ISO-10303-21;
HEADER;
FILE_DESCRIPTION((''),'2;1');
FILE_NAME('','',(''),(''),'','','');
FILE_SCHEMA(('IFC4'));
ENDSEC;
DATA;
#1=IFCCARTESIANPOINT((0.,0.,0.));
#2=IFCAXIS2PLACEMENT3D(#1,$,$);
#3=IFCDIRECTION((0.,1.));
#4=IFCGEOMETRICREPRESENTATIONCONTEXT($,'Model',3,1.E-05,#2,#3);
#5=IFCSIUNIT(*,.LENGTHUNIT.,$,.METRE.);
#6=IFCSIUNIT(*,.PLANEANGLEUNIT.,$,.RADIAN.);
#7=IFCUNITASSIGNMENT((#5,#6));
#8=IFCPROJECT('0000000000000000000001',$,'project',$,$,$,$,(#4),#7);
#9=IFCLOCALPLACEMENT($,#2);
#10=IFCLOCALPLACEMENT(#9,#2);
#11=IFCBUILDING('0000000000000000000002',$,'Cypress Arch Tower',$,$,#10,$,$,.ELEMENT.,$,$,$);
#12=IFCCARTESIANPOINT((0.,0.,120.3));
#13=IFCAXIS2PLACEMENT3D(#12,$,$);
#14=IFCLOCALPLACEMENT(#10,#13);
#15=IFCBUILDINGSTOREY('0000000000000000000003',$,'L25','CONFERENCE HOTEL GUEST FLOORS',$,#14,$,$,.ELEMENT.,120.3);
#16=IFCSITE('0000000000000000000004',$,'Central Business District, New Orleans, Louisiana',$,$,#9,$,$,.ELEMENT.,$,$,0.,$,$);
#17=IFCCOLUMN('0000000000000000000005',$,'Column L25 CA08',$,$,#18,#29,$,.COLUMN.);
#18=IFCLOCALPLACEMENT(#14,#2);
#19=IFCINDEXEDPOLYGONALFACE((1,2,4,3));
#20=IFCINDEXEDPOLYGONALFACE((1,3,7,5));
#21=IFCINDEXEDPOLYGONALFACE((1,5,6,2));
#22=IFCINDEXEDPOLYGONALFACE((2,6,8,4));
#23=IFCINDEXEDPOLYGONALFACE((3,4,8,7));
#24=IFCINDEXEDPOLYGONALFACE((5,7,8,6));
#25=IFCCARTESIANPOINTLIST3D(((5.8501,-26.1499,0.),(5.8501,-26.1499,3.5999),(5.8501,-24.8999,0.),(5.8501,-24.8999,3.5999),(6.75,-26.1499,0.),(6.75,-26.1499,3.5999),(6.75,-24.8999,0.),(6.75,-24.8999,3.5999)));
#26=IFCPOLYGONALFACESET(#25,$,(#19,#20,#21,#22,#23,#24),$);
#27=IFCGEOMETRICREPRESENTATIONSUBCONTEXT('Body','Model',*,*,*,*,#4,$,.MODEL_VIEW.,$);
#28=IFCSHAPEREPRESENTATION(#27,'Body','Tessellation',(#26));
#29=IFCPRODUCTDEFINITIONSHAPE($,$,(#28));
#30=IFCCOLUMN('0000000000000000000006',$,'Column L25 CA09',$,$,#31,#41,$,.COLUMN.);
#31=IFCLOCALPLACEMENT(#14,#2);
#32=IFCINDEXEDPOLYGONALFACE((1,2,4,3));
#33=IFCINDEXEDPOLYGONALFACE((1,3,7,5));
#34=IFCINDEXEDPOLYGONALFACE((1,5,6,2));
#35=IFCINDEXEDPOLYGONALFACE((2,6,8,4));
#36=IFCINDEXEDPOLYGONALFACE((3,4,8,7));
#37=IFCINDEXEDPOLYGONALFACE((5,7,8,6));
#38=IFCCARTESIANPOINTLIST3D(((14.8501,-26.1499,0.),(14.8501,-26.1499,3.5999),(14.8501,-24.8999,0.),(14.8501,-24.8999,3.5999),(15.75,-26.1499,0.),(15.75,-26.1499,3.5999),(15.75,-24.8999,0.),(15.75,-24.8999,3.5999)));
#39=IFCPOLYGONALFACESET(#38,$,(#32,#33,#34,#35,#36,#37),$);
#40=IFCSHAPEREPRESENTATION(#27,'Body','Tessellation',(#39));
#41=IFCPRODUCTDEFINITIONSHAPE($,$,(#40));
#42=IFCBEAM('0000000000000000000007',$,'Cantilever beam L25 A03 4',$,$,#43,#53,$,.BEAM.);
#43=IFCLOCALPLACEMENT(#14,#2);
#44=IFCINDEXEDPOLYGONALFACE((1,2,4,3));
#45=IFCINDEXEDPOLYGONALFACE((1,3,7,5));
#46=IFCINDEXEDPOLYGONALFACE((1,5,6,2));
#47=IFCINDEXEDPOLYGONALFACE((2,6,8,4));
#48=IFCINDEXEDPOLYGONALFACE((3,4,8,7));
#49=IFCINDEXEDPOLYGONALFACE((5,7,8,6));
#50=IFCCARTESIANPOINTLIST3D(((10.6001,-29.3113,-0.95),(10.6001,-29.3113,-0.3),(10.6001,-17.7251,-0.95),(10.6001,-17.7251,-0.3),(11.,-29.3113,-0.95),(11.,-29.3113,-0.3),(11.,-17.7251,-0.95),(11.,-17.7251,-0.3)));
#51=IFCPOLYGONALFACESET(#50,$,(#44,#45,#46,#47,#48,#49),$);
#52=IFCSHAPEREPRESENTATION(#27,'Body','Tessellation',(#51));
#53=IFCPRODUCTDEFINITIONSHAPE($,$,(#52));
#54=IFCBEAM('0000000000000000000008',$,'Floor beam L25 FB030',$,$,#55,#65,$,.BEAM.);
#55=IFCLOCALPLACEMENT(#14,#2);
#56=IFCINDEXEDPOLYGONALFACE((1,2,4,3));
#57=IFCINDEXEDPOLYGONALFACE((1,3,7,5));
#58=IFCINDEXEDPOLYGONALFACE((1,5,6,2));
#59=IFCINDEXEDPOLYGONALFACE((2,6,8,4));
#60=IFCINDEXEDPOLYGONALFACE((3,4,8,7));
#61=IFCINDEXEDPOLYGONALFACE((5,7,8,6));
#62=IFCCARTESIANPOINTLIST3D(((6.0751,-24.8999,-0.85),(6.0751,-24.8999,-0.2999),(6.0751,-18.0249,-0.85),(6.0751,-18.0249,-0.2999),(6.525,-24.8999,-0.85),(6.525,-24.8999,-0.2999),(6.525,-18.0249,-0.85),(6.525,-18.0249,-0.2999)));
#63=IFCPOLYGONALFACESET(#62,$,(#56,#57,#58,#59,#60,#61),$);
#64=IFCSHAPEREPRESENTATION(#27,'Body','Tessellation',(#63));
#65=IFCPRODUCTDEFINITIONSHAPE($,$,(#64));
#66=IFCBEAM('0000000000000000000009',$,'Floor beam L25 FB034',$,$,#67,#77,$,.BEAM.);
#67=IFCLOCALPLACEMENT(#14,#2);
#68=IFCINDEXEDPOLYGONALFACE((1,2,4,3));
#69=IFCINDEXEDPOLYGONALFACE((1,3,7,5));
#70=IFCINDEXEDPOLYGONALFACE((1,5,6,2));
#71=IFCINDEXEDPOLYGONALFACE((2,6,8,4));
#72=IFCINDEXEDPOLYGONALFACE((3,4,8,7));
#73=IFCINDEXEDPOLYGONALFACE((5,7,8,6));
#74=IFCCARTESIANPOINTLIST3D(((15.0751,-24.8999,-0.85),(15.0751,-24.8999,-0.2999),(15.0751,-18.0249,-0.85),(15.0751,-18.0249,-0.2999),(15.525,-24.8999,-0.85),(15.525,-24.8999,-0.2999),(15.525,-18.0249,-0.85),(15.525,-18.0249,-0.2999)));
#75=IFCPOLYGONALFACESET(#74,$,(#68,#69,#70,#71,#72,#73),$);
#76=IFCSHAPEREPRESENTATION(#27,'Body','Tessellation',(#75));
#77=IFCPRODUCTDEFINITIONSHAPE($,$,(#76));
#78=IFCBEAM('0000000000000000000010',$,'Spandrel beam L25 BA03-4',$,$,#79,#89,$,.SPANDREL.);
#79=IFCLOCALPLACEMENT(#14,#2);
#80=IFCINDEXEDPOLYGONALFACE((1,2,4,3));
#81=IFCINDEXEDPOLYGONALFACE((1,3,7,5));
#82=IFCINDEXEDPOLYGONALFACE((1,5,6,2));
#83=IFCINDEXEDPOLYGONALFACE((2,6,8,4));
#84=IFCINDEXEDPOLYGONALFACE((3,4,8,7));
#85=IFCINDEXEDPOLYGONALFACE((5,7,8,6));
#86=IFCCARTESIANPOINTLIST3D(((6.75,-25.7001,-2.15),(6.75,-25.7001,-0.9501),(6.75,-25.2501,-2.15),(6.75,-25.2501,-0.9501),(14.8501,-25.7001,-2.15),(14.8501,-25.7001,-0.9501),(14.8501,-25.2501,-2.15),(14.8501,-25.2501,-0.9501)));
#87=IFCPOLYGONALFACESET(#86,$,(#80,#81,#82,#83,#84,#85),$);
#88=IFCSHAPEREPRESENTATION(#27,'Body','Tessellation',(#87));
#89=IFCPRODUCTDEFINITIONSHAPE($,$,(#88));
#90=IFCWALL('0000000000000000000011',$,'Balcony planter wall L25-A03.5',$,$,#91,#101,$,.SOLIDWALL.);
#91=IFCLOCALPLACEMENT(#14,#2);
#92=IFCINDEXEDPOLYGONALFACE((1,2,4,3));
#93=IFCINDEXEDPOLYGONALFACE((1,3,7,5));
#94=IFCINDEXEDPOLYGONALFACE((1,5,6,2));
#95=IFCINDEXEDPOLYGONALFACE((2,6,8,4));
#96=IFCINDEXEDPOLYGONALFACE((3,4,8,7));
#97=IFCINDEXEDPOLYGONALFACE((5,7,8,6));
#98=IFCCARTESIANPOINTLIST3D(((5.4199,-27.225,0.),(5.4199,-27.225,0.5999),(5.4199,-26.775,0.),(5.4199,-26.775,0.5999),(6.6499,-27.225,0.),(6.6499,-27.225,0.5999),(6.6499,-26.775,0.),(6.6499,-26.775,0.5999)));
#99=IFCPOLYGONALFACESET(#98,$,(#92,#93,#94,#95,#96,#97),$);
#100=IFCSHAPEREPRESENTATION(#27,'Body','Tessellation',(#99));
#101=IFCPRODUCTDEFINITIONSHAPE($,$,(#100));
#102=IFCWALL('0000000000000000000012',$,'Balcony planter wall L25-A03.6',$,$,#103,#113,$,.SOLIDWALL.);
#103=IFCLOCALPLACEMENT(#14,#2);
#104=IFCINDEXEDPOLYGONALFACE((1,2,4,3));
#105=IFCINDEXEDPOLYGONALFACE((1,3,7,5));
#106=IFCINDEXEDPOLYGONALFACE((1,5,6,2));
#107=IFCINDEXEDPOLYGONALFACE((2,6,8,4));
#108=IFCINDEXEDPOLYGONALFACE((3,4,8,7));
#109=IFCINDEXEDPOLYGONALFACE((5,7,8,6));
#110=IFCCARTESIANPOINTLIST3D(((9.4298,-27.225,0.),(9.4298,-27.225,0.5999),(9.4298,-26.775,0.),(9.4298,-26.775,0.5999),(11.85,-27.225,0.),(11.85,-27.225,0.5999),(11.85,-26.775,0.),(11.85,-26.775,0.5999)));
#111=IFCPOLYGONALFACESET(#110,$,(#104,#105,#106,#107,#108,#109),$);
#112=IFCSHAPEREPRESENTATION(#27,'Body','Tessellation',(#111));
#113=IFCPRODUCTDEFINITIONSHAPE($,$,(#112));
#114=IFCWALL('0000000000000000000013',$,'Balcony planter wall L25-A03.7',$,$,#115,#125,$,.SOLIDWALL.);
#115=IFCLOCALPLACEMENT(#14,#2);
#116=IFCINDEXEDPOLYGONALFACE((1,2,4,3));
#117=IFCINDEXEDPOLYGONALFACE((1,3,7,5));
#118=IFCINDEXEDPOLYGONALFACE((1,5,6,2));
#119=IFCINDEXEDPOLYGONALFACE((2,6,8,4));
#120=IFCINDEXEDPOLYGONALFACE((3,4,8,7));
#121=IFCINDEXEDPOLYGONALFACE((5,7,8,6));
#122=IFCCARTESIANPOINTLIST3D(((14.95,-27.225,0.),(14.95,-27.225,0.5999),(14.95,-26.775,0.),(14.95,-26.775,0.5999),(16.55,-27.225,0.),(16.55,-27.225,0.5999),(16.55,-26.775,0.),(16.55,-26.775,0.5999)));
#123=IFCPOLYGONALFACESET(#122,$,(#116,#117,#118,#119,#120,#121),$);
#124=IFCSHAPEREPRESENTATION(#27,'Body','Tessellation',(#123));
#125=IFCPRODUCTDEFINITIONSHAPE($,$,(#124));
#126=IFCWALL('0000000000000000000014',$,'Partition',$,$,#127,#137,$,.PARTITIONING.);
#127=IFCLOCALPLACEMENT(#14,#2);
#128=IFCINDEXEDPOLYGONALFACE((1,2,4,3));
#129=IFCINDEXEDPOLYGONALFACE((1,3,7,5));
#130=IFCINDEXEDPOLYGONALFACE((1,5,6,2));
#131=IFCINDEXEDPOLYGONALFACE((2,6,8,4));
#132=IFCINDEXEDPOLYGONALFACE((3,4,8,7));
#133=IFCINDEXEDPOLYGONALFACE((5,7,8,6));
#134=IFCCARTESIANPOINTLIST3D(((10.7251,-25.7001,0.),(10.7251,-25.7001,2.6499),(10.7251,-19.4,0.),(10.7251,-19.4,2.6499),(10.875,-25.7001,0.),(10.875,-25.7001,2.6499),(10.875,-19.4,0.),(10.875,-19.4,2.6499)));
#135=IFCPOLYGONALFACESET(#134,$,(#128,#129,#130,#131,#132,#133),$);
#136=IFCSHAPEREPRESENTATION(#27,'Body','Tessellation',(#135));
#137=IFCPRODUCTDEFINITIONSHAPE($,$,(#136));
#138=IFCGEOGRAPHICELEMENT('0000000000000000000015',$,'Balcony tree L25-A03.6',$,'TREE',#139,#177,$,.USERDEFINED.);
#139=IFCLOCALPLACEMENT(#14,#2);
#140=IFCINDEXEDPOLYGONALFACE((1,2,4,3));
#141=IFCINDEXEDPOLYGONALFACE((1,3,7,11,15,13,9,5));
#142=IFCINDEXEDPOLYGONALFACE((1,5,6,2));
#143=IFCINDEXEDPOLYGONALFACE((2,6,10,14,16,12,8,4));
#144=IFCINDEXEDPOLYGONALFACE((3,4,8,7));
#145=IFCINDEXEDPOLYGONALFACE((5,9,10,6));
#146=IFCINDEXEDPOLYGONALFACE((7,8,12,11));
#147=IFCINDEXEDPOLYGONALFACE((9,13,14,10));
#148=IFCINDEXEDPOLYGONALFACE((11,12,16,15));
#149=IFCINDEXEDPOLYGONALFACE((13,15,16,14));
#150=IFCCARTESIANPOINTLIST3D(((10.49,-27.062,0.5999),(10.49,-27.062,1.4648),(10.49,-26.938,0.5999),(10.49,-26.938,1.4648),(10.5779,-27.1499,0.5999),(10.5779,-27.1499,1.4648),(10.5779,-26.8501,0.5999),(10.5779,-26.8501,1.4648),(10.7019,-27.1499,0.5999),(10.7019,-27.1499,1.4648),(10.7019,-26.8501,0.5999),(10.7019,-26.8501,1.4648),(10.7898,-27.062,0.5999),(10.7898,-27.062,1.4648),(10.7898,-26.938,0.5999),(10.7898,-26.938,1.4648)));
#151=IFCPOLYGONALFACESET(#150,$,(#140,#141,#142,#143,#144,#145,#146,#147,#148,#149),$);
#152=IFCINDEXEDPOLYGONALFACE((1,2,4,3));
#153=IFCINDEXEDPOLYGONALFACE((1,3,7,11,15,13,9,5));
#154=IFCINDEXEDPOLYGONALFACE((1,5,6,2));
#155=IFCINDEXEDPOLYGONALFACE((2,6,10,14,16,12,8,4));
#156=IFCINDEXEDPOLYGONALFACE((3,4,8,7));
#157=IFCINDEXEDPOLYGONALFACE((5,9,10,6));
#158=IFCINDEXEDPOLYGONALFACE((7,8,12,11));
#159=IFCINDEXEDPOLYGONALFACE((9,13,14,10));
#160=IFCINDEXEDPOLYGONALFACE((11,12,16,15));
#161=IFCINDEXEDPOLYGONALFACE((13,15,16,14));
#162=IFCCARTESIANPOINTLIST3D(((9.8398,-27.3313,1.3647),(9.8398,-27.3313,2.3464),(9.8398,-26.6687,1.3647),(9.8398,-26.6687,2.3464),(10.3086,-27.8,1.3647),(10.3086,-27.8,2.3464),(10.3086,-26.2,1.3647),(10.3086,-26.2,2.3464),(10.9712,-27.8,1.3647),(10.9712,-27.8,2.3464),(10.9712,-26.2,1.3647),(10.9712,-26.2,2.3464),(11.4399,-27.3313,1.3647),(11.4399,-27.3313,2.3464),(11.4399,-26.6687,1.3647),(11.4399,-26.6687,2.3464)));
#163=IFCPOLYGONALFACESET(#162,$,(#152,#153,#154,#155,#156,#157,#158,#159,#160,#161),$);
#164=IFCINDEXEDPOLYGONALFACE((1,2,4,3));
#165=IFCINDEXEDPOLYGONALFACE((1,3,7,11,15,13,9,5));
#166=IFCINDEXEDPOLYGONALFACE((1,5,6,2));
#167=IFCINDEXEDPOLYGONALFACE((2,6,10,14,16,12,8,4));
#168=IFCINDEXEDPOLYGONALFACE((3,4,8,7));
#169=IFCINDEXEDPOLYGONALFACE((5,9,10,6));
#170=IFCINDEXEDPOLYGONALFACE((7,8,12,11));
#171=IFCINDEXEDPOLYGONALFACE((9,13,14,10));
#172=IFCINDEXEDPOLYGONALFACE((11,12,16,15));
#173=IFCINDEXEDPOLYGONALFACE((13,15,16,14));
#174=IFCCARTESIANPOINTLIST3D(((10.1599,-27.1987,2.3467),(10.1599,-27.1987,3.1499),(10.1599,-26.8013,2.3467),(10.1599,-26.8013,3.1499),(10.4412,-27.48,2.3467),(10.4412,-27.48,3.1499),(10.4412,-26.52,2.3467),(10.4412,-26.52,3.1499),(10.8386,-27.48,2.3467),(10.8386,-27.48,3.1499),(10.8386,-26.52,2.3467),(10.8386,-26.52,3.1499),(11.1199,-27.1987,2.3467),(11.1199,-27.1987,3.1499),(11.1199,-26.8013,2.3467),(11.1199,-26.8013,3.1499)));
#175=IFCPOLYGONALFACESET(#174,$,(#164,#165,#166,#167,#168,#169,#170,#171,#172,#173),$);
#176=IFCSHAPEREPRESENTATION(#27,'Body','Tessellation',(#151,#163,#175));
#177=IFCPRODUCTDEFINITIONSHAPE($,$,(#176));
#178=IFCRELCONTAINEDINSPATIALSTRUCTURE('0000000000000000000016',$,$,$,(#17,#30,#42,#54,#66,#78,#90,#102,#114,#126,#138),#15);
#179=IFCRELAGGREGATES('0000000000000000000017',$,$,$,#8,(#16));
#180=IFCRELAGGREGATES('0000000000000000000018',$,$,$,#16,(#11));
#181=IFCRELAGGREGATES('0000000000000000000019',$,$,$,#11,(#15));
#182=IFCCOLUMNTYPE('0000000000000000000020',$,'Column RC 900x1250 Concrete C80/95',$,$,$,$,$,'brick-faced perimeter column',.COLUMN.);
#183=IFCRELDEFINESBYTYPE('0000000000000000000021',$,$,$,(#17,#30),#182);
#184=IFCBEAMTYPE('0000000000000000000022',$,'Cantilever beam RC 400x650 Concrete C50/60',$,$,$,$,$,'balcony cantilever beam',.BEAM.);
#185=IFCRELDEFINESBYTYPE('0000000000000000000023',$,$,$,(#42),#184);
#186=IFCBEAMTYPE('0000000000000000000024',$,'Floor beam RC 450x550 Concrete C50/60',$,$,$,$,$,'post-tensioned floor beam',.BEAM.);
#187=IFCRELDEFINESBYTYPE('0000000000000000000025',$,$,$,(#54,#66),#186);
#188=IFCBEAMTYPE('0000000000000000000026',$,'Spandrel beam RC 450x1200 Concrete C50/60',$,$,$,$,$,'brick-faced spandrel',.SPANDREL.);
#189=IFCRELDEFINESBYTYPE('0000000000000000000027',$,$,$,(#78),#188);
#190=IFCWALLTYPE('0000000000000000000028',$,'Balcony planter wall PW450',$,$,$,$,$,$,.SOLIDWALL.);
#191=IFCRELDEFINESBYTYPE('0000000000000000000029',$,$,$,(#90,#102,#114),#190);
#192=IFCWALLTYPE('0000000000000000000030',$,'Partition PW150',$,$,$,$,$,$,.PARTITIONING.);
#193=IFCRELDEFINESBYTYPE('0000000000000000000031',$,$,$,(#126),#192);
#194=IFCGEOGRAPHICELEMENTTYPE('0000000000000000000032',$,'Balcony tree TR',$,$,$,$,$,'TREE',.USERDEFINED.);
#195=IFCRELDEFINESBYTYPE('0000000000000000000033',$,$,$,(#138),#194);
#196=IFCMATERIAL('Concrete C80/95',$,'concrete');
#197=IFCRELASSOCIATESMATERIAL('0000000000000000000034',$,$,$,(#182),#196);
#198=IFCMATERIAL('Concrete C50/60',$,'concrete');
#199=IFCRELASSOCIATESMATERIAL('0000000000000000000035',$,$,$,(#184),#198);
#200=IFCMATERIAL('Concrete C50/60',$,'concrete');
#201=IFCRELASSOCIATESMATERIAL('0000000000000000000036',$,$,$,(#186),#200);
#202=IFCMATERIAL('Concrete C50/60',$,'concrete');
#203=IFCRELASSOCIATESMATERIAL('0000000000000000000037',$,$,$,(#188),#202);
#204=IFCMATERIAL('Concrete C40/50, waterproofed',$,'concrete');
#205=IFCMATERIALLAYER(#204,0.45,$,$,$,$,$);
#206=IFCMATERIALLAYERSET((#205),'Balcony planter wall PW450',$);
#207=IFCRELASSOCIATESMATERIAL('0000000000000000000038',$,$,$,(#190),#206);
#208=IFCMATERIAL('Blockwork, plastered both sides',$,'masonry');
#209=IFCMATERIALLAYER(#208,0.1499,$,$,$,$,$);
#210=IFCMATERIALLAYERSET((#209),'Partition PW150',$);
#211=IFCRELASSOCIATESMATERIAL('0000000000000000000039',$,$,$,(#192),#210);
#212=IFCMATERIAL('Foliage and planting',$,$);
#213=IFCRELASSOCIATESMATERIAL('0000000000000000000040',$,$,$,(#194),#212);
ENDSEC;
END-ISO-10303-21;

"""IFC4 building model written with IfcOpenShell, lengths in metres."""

from ifc_helpers import new_model, si_unit, direction, frame, frame_2d, origin, origin_2d, place, context, subcontext, project, spatial, polyline, rectangle, outline, extrude, material, layer, layer_set, material_profile, profile_set, type_object, element, save


model = new_model("IFC4")

# Units and contexts
model_context = context("Model", 3, precision=1e-05, world=origin(), true_north=direction((0.0, 1.0)))
body_context = subcontext(model_context, "Body", "Model", "MODEL_VIEW")
ifc_project = project(units=[si_unit("LENGTHUNIT", "METRE"), si_unit("PLANEANGLEUNIT", "RADIAN")], contexts=[model_context])

# Site, building, storey
site_placement = place(None, origin())
site = spatial("IfcSite", under=ifc_project, at=site_placement, Name="Central Business District, New Orleans, Louisiana", CompositionType="ELEMENT", RefElevation=0.0)
building_placement = place(site_placement, origin())
building = spatial("IfcBuilding", under=site, at=building_placement, Name="Cypress Arch Tower", CompositionType="ELEMENT")
storey_placement = place(building_placement, frame((0.0, 0.0, 120.3)))
storey = spatial("IfcBuildingStorey", under=building, at=storey_placement, Name="L25", Description="CONFERENCE HOTEL GUEST FLOORS", CompositionType="ELEMENT", Elevation=120.3)

# Columns
ifc_material_1 = material(Name="Concrete C80/95", Category="concrete")
ifc_material_profile_1 = material_profile(ifc_material_1, rectangle(XDim=0.8999, YDim=1.25, at=origin_2d()), Name="RC 900x1250")
ifc_profile_set_1 = profile_set([ifc_material_profile_1], Name="Concrete C80/95")
column_type = type_object("IfcColumnType", Name="Column RC 900x1250 Concrete C80/95", ElementType="brick-faced perimeter column", PredefinedType="COLUMN", material=ifc_profile_set_1)
for number, where, z_axis, x_axis, name in (
    (1, (6.3, -25.5249, 0.0), (0.0, 0.0, 1.0), (1.0, 0.0, 0.0), "Column L25 CA08"),
    (2, (15.3, -25.5249, 0.0), (0.0, 0.0, 1.0), (1.0, 0.0, 0.0), "Column L25 CA09"),
):
    element("IfcColumn", number, at=place(storey_placement, frame(where, z_axis=z_axis, x_axis=x_axis)), inside=storey, type_object=column_type, Name=name, PredefinedType="COLUMN", context=body_context, shape_type="SweptSolid", body=[
        extrude(rectangle(XDim=0.8999, YDim=1.25, at=origin_2d()), origin(), (0.0, 0.0, 1.0), 3.5999),
    ])

# Beams
ifc_material_2 = material(Name="Concrete C50/60", Category="concrete")
ifc_material_profile_2 = material_profile(ifc_material_2, rectangle(XDim=0.3999, YDim=0.6499, at=origin_2d()), Name="RC 400x650")
ifc_profile_set_2 = profile_set([ifc_material_profile_2], Name="Concrete C50/60")
beam_type_1 = type_object("IfcBeamType", Name="Cantilever beam RC 400x650 Concrete C50/60", ElementType="balcony cantilever beam", PredefinedType="BEAM", material=ifc_profile_set_2)
beam_1_placement = place(storey_placement, frame((10.8, -17.7251, -0.625), z_axis=(0.0, -1.0, 0.0), x_axis=(1.0, 0.0, 0.0)))
element("IfcBeam", 3, at=beam_1_placement, inside=storey, type_object=beam_type_1, Name="Cantilever beam L25 A03 4", PredefinedType="BEAM", context=body_context, shape_type="SweptSolid", body=[
    extrude(rectangle(XDim=0.3999, YDim=0.6499, at=origin_2d()), origin(), (0.0, 0.0, 1.0), 11.5862),
])
ifc_material_3 = material(Name="Concrete C50/60", Category="concrete")
ifc_material_profile_3 = material_profile(ifc_material_3, rectangle(XDim=0.45, YDim=0.55, at=origin_2d()), Name="RC 450x550")
ifc_profile_set_3 = profile_set([ifc_material_profile_3], Name="Concrete C50/60")
beam_type_2 = type_object("IfcBeamType", Name="Floor beam RC 450x550 Concrete C50/60", ElementType="post-tensioned floor beam", PredefinedType="BEAM", material=ifc_profile_set_3)
for number, where, z_axis, x_axis, name in (
    (4, (6.3, -24.8999, -0.575), (0.0, 1.0, 0.0), (-1.0, 0.0, 0.0), "Floor beam L25 FB030"),
    (5, (15.3, -24.8999, -0.575), (0.0, 1.0, 0.0), (-1.0, 0.0, 0.0), "Floor beam L25 FB034"),
):
    element("IfcBeam", number, at=place(storey_placement, frame(where, z_axis=z_axis, x_axis=x_axis)), inside=storey, type_object=beam_type_2, Name=name, PredefinedType="BEAM", context=body_context, shape_type="SweptSolid", body=[
        extrude(rectangle(XDim=0.45, YDim=0.55, at=origin_2d()), origin(), (0.0, 0.0, 1.0), 6.875),
    ])
ifc_material_4 = material(Name="Concrete C50/60", Category="concrete")
ifc_material_profile_4 = material_profile(ifc_material_4, rectangle(XDim=0.45, YDim=1.2, at=origin_2d()), Name="RC 450x1200")
ifc_profile_set_4 = profile_set([ifc_material_profile_4], Name="Concrete C50/60")
beam_type_3 = type_object("IfcBeamType", Name="Spandrel beam RC 450x1200 Concrete C50/60", ElementType="brick-faced spandrel", PredefinedType="SPANDREL", material=ifc_profile_set_4)
beam_2_placement = place(storey_placement, frame((6.75, -25.4751, -1.55), z_axis=(1.0, 0.0, 0.0), x_axis=(0.0, 1.0, 0.0)))
element("IfcBeam", 6, at=beam_2_placement, inside=storey, type_object=beam_type_3, Name="Spandrel beam L25 BA03-4", PredefinedType="SPANDREL", context=body_context, shape_type="SweptSolid", body=[
    extrude(rectangle(XDim=0.45, YDim=1.2, at=origin_2d()), origin(), (0.0, 0.0, 1.0), 8.1001),
])

# Walls
ifc_material_5 = material(Name="Concrete C40/50, waterproofed", Category="concrete")
ifc_layer_1 = layer(ifc_material_5, 0.45)
ifc_layer_set_1 = layer_set([ifc_layer_1], Name="Balcony planter wall PW450")
wall_type_1 = type_object("IfcWallType", Name="Balcony planter wall PW450", PredefinedType="SOLIDWALL", material=ifc_layer_set_1)
wall_1_placement = place(storey_placement, frame((5.4199, -27.0, 0.0), z_axis=(0.0, 0.0, 1.0), x_axis=(1.0, 0.0, 0.0)))
element("IfcWall", 7, at=wall_1_placement, inside=storey, type_object=wall_type_1, Name="Balcony planter wall L25-A03.5", PredefinedType="SOLIDWALL", context=body_context, shape_type="SweptSolid", body=[
    extrude(rectangle(XDim=1.23, YDim=0.45, at=frame_2d((0.615, 0.0))), origin(), (0.0, 0.0, 1.0), 0.5999),
])
wall_2_placement = place(storey_placement, frame((9.4299, -27.0, 0.0), z_axis=(0.0, 0.0, 1.0), x_axis=(1.0, 0.0, 0.0)))
element("IfcWall", 8, at=wall_2_placement, inside=storey, type_object=wall_type_1, Name="Balcony planter wall L25-A03.6", PredefinedType="SOLIDWALL", context=body_context, shape_type="SweptSolid", body=[
    extrude(rectangle(XDim=2.4202, YDim=0.45, at=frame_2d((1.21, 0.0))), origin(), (0.0, 0.0, 1.0), 0.5999),
])
wall_3_placement = place(storey_placement, frame((14.95, -27.0, 0.0), z_axis=(0.0, 0.0, 1.0), x_axis=(1.0, 0.0, 0.0)))
element("IfcWall", 9, at=wall_3_placement, inside=storey, type_object=wall_type_1, Name="Balcony planter wall L25-A03.7", PredefinedType="SOLIDWALL", context=body_context, shape_type="SweptSolid", body=[
    extrude(rectangle(XDim=1.6001, YDim=0.45, at=frame_2d((0.8, 0.0))), origin(), (0.0, 0.0, 1.0), 0.5999),
])

# Wall
ifc_material_6 = material(Name="Blockwork, plastered both sides", Category="masonry")
ifc_layer_2 = layer(ifc_material_6, 0.1499)
ifc_layer_set_2 = layer_set([ifc_layer_2], Name="Partition PW150")
wall_type_2 = type_object("IfcWallType", Name="Partition PW150", PredefinedType="PARTITIONING", material=ifc_layer_set_2)
wall_4_placement = place(storey_placement, frame((10.8, -25.7, 0.0), z_axis=(0.0, 0.0, 1.0), x_axis=(0.0, 1.0, 0.0)))
element("IfcWall", 10, at=wall_4_placement, inside=storey, type_object=wall_type_2, Name="Partition", PredefinedType="PARTITIONING", context=body_context, shape_type="SweptSolid", body=[
    extrude(rectangle(XDim=6.3, YDim=0.1499, at=frame_2d((3.1499, 0.0))), origin(), (0.0, 0.0, 1.0), 2.6499),
])

# Geographic element
ifc_material_7 = material(Name="Foliage and planting")
geographic_element_type = type_object("IfcGeographicElementType", Name="Balcony tree TR", ElementType="TREE", PredefinedType="USERDEFINED", material=ifc_material_7)
geographic_element_placement = place(storey_placement, frame((10.6399, -27.0, 0.5999), z_axis=(0.0, 0.0, 1.0), x_axis=(1.0, 0.0, 0.0)))
element("IfcGeographicElement", 11, at=geographic_element_placement, inside=storey, type_object=geographic_element_type, Name="Balcony tree L25-A03.6", ObjectType="TREE", PredefinedType="USERDEFINED", context=body_context, shape_type="SweptSolid", body=[
    extrude(outline(polyline([(0.1499, 0.062), (0.062, 0.1499), (-0.062, 0.1499), (-0.1499, 0.062), (-0.1499, -0.062), (-0.062, -0.1499), (0.062, -0.1499), (0.1499, -0.062), (0.1499, 0.062)])), origin(), (0.0, 0.0, 1.0), 0.865),
    extrude(outline(polyline([(0.8, 0.3313), (0.3313, 0.8), (-0.3313, 0.8), (-0.8, 0.3313), (-0.8, -0.3313), (-0.3313, -0.8), (0.3313, -0.8), (0.8, -0.3313), (0.8, 0.3313)])), frame((0.0, 0.0, 0.7649)), (0.0, 0.0, 1.0), 0.9817),
    extrude(outline(polyline([(0.48, 0.1987), (0.1987, 0.48), (-0.1987, 0.48), (-0.48, 0.1987), (-0.48, -0.1987), (-0.1987, -0.48), (0.1987, -0.48), (0.48, -0.1987), (0.48, 0.1987)])), frame((0.0, 0.0, 1.7468)), (0.0, 0.0, 1.0), 0.8032),
])

save(model, "model.ifc")
